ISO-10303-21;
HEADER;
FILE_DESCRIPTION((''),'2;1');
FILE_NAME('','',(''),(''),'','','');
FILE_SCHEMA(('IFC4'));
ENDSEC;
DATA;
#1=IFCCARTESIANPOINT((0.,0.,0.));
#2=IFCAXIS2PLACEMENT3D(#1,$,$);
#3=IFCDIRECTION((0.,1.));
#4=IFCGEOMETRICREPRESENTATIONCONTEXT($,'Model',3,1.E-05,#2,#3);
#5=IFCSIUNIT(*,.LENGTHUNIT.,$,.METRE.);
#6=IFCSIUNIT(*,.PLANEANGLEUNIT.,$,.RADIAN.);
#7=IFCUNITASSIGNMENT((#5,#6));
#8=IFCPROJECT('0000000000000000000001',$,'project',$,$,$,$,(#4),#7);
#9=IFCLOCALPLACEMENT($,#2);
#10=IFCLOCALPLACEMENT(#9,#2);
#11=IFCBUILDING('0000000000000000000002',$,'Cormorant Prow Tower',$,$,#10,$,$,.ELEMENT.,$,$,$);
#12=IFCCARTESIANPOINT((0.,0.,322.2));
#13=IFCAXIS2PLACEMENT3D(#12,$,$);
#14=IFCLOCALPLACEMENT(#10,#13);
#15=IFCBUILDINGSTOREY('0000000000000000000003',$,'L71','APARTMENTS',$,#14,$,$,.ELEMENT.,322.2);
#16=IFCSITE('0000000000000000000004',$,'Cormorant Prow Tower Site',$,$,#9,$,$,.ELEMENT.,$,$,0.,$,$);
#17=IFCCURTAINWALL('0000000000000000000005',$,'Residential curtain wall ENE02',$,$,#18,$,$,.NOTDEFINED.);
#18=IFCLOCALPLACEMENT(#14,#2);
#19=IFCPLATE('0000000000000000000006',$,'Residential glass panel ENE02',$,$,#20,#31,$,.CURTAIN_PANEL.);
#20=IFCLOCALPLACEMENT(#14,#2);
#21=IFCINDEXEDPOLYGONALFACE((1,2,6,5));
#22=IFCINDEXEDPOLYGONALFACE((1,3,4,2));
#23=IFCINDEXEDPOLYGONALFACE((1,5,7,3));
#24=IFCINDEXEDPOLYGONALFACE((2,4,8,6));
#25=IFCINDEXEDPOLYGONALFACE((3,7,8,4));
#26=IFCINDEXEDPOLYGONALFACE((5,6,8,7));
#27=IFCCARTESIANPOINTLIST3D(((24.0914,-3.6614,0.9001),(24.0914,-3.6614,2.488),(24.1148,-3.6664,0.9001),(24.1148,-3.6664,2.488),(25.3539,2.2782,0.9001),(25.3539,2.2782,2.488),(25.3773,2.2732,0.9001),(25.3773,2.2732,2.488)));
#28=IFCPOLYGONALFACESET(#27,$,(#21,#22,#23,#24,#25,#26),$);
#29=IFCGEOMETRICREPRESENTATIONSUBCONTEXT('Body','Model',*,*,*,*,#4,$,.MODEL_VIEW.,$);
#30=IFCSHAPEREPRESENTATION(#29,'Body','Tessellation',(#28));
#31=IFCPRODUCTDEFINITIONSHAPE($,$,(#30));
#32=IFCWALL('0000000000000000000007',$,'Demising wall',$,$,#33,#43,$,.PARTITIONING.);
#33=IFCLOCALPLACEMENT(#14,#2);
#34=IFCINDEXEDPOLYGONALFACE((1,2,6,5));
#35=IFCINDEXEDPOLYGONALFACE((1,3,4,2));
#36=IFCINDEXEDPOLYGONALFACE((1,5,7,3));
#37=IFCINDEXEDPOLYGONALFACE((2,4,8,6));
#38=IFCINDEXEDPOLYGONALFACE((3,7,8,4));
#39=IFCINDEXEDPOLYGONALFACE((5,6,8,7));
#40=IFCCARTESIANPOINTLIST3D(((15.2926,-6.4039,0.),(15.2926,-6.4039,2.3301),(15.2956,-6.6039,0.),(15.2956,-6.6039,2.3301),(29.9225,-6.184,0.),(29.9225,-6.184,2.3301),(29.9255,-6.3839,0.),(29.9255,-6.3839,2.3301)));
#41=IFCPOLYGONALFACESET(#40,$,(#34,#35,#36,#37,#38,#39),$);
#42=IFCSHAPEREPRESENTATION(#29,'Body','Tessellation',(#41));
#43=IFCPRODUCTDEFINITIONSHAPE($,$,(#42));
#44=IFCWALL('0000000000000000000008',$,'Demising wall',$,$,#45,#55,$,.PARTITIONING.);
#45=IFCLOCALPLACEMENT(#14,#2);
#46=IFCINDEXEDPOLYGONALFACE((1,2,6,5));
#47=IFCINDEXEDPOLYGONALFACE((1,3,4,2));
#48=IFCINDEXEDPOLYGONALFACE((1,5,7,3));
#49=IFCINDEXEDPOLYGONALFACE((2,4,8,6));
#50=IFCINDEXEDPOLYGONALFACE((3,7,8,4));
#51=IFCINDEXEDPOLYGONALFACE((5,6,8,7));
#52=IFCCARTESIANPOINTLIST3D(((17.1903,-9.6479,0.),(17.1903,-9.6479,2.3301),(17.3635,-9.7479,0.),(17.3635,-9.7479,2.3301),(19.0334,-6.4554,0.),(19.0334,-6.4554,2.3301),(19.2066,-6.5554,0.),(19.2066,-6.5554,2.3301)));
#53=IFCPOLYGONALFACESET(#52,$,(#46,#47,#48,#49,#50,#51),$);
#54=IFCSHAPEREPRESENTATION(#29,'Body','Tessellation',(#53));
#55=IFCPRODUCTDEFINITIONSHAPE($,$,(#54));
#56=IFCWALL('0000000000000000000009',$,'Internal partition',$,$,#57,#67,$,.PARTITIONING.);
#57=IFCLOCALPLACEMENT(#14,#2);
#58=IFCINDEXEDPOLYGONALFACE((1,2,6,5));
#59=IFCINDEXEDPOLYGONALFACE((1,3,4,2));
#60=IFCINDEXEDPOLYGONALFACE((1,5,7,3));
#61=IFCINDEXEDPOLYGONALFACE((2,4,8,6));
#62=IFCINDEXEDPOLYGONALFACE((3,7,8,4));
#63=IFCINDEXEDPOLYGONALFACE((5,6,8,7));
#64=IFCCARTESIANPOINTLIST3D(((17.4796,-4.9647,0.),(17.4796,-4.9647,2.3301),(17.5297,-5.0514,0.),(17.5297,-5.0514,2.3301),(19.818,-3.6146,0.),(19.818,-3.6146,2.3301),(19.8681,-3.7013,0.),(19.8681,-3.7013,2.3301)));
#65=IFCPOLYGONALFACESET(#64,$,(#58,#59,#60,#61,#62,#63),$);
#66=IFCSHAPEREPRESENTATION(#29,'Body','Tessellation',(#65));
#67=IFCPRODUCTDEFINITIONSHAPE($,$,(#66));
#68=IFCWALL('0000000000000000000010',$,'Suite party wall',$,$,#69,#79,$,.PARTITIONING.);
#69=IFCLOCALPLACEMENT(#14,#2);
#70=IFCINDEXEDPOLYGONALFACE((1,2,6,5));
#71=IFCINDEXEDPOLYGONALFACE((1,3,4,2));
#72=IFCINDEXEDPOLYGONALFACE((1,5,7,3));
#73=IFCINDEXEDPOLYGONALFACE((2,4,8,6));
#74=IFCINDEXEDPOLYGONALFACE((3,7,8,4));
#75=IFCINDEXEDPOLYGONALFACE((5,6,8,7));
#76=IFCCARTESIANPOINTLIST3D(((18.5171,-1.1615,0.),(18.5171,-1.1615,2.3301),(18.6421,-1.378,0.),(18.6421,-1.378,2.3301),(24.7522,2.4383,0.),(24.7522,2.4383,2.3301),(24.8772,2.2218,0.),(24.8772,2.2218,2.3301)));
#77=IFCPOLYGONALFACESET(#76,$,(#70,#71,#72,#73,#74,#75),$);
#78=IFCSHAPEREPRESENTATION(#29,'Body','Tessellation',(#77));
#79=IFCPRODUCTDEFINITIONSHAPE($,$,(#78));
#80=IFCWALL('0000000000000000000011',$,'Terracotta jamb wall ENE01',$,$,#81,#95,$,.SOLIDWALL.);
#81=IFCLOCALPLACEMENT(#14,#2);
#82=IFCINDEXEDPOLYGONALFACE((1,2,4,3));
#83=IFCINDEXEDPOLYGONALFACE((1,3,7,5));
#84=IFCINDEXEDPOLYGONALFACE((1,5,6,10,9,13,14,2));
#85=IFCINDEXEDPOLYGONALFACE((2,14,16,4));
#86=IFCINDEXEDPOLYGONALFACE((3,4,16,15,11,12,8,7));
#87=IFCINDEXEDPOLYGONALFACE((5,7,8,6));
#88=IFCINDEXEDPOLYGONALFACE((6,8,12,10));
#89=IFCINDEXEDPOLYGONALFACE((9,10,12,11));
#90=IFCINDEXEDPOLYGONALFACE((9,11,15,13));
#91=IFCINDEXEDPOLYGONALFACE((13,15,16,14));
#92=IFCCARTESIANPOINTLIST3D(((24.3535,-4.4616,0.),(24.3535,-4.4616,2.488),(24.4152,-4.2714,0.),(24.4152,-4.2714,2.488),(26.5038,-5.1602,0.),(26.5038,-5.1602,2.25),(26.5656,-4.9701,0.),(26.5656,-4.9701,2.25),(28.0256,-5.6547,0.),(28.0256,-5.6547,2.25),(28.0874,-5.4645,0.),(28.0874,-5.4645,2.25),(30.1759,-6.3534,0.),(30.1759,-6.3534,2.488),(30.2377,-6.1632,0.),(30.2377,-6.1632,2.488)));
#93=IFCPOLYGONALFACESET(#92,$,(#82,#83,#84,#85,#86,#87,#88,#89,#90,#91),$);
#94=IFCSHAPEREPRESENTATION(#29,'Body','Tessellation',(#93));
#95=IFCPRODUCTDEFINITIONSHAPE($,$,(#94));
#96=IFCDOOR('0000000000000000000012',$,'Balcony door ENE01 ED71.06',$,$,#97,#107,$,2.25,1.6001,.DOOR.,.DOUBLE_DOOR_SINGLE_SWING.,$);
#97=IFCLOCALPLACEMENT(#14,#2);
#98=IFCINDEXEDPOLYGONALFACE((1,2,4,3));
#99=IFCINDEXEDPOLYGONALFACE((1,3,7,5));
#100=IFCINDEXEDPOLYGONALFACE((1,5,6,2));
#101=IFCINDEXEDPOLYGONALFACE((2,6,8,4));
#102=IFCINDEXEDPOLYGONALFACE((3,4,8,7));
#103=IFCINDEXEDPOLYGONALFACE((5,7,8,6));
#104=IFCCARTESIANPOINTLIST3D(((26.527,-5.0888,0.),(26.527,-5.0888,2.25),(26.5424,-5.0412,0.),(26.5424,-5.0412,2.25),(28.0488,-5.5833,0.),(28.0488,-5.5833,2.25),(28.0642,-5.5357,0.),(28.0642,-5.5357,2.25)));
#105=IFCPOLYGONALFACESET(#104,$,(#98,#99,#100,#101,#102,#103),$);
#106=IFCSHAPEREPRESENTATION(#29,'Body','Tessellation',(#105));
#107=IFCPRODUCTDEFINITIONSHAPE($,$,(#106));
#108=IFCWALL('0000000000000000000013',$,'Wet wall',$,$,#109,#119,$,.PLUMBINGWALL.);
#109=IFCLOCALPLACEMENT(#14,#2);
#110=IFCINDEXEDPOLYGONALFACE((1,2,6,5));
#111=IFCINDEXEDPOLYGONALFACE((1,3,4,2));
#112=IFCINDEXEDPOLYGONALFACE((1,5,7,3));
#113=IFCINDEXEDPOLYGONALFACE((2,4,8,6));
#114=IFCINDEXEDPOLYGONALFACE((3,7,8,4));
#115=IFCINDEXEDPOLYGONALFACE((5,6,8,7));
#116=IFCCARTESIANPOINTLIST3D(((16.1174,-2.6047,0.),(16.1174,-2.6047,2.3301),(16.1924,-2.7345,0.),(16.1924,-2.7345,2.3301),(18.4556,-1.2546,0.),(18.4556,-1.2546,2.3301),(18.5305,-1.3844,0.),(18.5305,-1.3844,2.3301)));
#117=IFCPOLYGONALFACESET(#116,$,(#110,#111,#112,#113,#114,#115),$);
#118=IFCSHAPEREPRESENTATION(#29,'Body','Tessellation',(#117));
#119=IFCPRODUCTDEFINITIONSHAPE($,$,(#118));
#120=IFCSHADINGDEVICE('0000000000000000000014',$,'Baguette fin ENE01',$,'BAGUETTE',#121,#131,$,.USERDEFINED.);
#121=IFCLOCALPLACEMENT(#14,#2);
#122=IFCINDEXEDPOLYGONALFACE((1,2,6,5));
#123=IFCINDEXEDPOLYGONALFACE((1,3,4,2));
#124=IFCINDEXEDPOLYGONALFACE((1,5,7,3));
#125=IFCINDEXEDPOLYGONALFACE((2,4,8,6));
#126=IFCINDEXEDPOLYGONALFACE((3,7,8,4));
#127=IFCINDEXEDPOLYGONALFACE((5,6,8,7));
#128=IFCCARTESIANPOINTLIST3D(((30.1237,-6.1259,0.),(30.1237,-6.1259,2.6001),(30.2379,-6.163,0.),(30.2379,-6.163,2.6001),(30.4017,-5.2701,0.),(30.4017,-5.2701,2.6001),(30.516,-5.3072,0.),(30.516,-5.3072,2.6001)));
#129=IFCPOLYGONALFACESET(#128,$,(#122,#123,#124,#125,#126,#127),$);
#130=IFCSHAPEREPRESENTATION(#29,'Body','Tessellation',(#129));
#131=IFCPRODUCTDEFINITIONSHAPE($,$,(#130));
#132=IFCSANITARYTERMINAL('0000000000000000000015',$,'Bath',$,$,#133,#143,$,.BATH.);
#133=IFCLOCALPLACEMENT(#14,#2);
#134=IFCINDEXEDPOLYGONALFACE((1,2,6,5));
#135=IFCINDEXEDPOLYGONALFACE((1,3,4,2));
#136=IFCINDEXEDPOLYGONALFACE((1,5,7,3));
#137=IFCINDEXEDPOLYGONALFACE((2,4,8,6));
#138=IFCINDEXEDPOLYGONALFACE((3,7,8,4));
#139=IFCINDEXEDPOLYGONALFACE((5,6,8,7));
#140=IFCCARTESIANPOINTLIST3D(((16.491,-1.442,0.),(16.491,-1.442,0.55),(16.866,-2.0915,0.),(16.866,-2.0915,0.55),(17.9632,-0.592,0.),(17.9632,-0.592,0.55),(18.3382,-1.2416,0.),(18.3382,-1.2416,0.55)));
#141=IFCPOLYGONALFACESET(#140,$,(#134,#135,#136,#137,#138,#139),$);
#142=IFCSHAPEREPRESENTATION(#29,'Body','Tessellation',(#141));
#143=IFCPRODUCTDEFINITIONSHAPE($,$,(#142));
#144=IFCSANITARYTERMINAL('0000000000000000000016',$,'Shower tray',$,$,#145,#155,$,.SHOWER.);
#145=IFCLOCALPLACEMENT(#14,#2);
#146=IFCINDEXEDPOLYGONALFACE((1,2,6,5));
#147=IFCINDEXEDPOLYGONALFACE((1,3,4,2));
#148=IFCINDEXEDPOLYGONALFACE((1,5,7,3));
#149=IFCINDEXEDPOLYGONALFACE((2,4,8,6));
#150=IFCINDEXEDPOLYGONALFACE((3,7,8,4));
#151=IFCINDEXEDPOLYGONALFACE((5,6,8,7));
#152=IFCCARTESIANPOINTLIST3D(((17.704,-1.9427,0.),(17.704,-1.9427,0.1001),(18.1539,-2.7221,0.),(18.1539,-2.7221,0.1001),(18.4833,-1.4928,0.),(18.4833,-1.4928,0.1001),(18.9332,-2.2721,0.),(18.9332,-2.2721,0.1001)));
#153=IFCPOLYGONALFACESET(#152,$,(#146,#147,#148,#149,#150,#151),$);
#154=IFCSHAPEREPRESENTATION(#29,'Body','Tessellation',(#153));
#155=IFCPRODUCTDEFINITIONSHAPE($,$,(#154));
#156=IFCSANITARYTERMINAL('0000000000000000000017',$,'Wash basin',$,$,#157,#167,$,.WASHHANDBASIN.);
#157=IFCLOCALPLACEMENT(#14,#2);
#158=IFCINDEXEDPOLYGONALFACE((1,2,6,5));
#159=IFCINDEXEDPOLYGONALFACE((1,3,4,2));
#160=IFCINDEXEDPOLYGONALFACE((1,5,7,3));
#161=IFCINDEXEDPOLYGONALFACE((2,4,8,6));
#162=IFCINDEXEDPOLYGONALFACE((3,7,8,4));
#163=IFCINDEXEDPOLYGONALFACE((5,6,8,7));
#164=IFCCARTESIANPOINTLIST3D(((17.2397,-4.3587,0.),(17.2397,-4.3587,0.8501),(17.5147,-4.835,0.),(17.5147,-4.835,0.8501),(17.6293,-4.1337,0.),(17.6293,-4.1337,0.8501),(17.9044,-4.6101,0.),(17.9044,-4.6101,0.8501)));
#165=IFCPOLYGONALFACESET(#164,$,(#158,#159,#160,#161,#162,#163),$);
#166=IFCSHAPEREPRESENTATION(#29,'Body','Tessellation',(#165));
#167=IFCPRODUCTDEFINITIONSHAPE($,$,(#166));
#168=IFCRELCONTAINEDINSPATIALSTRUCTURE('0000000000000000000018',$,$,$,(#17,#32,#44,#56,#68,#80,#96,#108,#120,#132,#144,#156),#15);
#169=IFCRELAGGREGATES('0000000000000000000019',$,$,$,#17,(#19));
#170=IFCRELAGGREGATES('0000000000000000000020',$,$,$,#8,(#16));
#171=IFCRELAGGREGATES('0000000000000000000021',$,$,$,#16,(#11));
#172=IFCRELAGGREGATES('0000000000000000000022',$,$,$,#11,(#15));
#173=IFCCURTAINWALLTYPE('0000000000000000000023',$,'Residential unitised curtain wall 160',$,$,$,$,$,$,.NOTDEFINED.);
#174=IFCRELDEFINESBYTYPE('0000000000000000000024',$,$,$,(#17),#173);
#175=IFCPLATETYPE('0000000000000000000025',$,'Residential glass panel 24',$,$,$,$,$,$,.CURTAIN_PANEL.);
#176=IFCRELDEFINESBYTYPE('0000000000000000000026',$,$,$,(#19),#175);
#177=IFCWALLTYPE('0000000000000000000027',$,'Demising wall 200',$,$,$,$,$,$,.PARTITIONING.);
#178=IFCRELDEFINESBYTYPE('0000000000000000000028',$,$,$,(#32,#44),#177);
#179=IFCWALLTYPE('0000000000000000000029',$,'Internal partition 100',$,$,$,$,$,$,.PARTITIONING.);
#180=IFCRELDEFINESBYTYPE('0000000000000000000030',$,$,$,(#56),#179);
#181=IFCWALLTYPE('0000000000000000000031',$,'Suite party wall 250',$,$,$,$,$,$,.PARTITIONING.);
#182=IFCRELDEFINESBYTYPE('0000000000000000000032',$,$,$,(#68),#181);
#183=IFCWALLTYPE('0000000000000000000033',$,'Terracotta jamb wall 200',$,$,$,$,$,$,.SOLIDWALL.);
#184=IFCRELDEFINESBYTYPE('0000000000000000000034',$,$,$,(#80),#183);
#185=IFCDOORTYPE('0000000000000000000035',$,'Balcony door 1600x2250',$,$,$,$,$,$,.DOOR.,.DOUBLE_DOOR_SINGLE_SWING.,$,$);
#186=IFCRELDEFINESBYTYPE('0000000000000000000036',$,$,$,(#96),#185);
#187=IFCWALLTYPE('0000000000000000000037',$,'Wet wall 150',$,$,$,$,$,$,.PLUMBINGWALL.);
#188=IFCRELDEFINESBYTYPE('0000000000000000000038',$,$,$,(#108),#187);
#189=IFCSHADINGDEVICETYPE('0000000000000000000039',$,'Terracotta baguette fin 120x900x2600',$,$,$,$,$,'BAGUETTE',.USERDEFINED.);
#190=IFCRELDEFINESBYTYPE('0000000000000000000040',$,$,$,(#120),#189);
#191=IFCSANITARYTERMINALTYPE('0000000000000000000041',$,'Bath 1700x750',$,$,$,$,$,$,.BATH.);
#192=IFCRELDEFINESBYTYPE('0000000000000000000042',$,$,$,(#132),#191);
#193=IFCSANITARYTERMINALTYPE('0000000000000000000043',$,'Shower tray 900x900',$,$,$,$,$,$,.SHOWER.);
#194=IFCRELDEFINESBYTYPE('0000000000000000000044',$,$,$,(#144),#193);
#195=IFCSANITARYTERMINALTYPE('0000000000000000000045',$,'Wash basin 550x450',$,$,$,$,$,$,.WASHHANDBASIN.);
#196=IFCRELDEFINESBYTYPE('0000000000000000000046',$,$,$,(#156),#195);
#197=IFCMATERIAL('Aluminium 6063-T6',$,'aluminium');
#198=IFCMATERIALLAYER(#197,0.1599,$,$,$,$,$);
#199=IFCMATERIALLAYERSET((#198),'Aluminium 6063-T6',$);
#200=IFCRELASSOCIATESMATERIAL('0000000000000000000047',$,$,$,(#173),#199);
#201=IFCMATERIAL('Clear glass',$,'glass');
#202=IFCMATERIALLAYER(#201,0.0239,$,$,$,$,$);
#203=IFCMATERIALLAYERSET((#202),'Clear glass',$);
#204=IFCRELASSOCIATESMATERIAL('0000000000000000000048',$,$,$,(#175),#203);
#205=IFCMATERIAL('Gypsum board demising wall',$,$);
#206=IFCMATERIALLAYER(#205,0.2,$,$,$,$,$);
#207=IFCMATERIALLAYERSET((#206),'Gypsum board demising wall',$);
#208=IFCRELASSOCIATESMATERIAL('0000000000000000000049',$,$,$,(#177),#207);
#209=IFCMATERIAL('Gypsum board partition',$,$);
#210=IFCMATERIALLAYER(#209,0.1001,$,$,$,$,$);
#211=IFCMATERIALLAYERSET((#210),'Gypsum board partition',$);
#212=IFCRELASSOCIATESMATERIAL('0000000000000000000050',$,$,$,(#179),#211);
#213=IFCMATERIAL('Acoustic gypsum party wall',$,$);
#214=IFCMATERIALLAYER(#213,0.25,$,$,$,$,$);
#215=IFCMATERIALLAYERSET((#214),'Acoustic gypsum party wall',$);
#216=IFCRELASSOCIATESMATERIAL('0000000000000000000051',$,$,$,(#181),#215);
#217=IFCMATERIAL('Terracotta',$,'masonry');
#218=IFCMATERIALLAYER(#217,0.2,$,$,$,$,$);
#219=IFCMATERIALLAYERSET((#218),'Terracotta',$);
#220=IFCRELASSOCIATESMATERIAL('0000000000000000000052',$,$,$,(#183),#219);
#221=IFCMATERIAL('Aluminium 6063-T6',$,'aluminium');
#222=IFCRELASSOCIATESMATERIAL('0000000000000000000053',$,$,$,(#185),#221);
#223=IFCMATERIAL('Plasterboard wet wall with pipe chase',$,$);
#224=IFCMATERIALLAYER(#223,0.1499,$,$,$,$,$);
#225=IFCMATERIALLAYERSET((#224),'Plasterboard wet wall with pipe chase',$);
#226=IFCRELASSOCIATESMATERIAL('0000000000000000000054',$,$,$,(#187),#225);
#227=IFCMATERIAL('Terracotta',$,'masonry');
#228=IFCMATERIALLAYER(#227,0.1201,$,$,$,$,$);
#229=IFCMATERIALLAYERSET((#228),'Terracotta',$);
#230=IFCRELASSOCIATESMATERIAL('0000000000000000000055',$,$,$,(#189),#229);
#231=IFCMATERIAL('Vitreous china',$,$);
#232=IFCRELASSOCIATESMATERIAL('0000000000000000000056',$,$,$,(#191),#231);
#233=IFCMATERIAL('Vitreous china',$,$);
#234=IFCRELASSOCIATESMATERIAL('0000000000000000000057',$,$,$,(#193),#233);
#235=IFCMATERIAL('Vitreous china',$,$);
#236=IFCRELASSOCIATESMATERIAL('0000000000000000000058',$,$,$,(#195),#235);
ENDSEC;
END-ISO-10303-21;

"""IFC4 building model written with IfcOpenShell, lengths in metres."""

from ifc_helpers import new_model, si_unit, direction, frame, frame_2d, origin, origin_2d, place, context, subcontext, project, spatial, rectangle, extrude, material, layer, layer_set, type_object, element, fill, aggregate, save


model = new_model("IFC4")

# Units and contexts
model_context = context("Model", 3, precision=1e-05, world=origin(), true_north=direction((0.0, 1.0)))
body_context = subcontext(model_context, "Body", "Model", "MODEL_VIEW")
ifc_project = project(units=[si_unit("LENGTHUNIT", "METRE"), si_unit("PLANEANGLEUNIT", "RADIAN")], contexts=[model_context])

# Site, building, storey
site_placement = place(None, origin())
site = spatial("IfcSite", under=ifc_project, at=site_placement, Name="Cormorant Prow Tower Site", CompositionType="ELEMENT", RefElevation=0.0)
building_placement = place(site_placement, origin())
building = spatial("IfcBuilding", under=site, at=building_placement, Name="Cormorant Prow Tower", CompositionType="ELEMENT")
storey_placement = place(building_placement, frame((0.0, 0.0, 322.2)))
storey = spatial("IfcBuildingStorey", under=building, at=storey_placement, Name="L71", Description="APARTMENTS", CompositionType="ELEMENT", Elevation=322.2)

# Curtain wall
ifc_material_1 = material(Name="Aluminium 6063-T6", Category="aluminium")
ifc_layer_1 = layer(ifc_material_1, 0.1599)
ifc_layer_set_1 = layer_set([ifc_layer_1], Name="Aluminium 6063-T6")
curtain_wall_type = type_object("IfcCurtainWallType", Name="Residential unitised curtain wall 160", PredefinedType="NOTDEFINED", material=ifc_layer_set_1)
curtain_wall_1_placement = place(storey_placement, origin())
curtain_wall_1 = element("IfcCurtainWall", 1, at=curtain_wall_1_placement, inside=storey, type_object=curtain_wall_type, Name="Residential curtain wall ENE02", PredefinedType="NOTDEFINED")

# Plate
ifc_material_2 = material(Name="Clear glass", Category="glass")
ifc_layer_2 = layer(ifc_material_2, 0.0239)
ifc_layer_set_2 = layer_set([ifc_layer_2], Name="Clear glass")
plate_type = type_object("IfcPlateType", Name="Residential glass panel 24", PredefinedType="CURTAIN_PANEL", material=ifc_layer_set_2)
plate_1_placement = place(storey_placement, frame((24.7344, -0.6941, 0.9001), z_axis=(0.0, 0.0, 1.0), x_axis=(0.207912, 0.978148, 0.0)))
plate_1 = element("IfcPlate", 2, at=plate_1_placement, type_object=plate_type, Name="Residential glass panel ENE02", PredefinedType="CURTAIN_PANEL", context=body_context, shape_type="SweptSolid", body=[
    extrude(rectangle(XDim=6.0723, YDim=0.0239, at=origin_2d()), origin(), (0.0, 0.0, 1.0), 1.5879),
])
aggregate(curtain_wall_1, [plate_1])

# Walls
ifc_material_3 = material(Name="Gypsum board demising wall")
ifc_layer_3 = layer(ifc_material_3, 0.2)
ifc_layer_set_3 = layer_set([ifc_layer_3], Name="Gypsum board demising wall")
wall_type_1 = type_object("IfcWallType", Name="Demising wall 200", PredefinedType="PARTITIONING", material=ifc_layer_set_3)
wall_1_placement = place(storey_placement, frame((15.2939, -6.5039, 0.0), z_axis=(0.0, 0.0, 1.0), x_axis=(0.999887, 0.015034, 0.0)))
element("IfcWall", 3, at=wall_1_placement, inside=storey, type_object=wall_type_1, Name="Demising wall", PredefinedType="PARTITIONING", context=body_context, shape_type="SweptSolid", body=[
    extrude(rectangle(XDim=14.6316, YDim=0.2, at=frame_2d((7.3159, 0.0))), origin(), (0.0, 0.0, 1.0), 2.3301),
])
wall_2_placement = place(storey_placement, frame((17.2769, -9.698, 0.0), z_axis=(0.0, 0.0, 1.0), x_axis=(0.499979, 0.866038, 0.0)))
element("IfcWall", 4, at=wall_2_placement, inside=storey, type_object=wall_type_1, Name="Demising wall", PredefinedType="PARTITIONING", context=body_context, shape_type="SweptSolid", body=[
    extrude(rectangle(XDim=3.6863, YDim=0.2, at=frame_2d((1.8433, 0.0))), origin(), (0.0, 0.0, 1.0), 2.3301),
])
ifc_material_4 = material(Name="Gypsum board partition")
ifc_layer_4 = layer(ifc_material_4, 0.1001)
ifc_layer_set_4 = layer_set([ifc_layer_4], Name="Gypsum board partition")
wall_type_2 = type_object("IfcWallType", Name="Internal partition 100", PredefinedType="PARTITIONING", material=ifc_layer_set_4)
wall_3_placement = place(storey_placement, frame((17.5046, -5.0081, 0.0), z_axis=(0.0, 0.0, 1.0), x_axis=(0.86602, 0.500009, 0.0)))
element("IfcWall", 5, at=wall_3_placement, inside=storey, type_object=wall_type_2, Name="Internal partition", PredefinedType="PARTITIONING", context=body_context, shape_type="SweptSolid", body=[
    extrude(rectangle(XDim=2.7002, YDim=0.1001, at=frame_2d((1.3501, 0.0))), origin(), (0.0, 0.0, 1.0), 2.3301),
])
ifc_material_5 = material(Name="Acoustic gypsum party wall")
ifc_layer_5 = layer(ifc_material_5, 0.25)
ifc_layer_set_5 = layer_set([ifc_layer_5], Name="Acoustic gypsum party wall")
wall_type_3 = type_object("IfcWallType", Name="Suite party wall 250", PredefinedType="PARTITIONING", material=ifc_layer_set_5)
wall_4_placement = place(storey_placement, frame((18.5796, -1.2698, 0.0), z_axis=(0.0, 0.0, 1.0), x_axis=(0.866025, 0.500001, 0.0)))
element("IfcWall", 6, at=wall_4_placement, inside=storey, type_object=wall_type_3, Name="Suite party wall", PredefinedType="PARTITIONING", context=body_context, shape_type="SweptSolid", body=[
    extrude(rectangle(XDim=7.1997, YDim=0.25, at=frame_2d((3.5999, 0.0))), origin(), (0.0, 0.0, 1.0), 2.3301),
])

# Wall, opening, door
ifc_material_6 = material(Name="Terracotta", Category="masonry")
ifc_layer_6 = layer(ifc_material_6, 0.2)
ifc_layer_set_6 = layer_set([ifc_layer_6], Name="Terracotta")
wall_type_4 = type_object("IfcWallType", Name="Terracotta jamb wall 200", PredefinedType="SOLIDWALL", material=ifc_layer_set_6)
wall_5_placement = place(storey_placement, frame((30.2068, -6.2583, 0.0), z_axis=(0.0, 0.0, 1.0), x_axis=(-0.951057, 0.309017, 0.0)))
wall_5 = element("IfcWall", 7, at=wall_5_placement, inside=storey, type_object=wall_type_4, Name="Terracotta jamb wall ENE01", PredefinedType="SOLIDWALL", context=body_context, shape_type="SweptSolid", body=[
    extrude(rectangle(XDim=6.1221, YDim=0.2, at=frame_2d((3.061, 0.0))), origin(), (0.0, 0.0, 1.0), 2.488),
])
opening_placement = place(wall_5_placement, frame((2.261, 0.0, 0.0)))
opening = element("IfcOpeningElement", 8, at=opening_placement, cuts=wall_5, PredefinedType="OPENING", context=body_context, shape_type="SweptSolid", body=[
    extrude(rectangle(XDim=1.6001, YDim=2.25, at=frame_2d((0.8, 1.125))), frame((0.0, 0.1099, 0.0), z_axis=(0.0, -1.0, 0.0), x_axis=(1.0, 0.0, 0.0)), (0.0, 0.0, 1.0), 0.22),
])
ifc_material_7 = material(Name="Aluminium 6063-T6", Category="aluminium")
door_type = type_object("IfcDoorType", Name="Balcony door 1600x2250", OperationType="DOUBLE_DOOR_SINGLE_SWING", PredefinedType="DOOR", material=ifc_material_7)
door_placement = place(opening_placement, origin())
door = element("IfcDoor", 9, at=door_placement, inside=storey, type_object=door_type, Name="Balcony door ENE01 ED71.06", OperationType="DOUBLE_DOOR_SINGLE_SWING", OverallHeight=2.25, OverallWidth=1.6001, PredefinedType="DOOR", context=body_context, shape_type="SweptSolid", body=[
    extrude(rectangle(XDim=1.6001, YDim=2.25, at=frame_2d((0.8, 1.125))), frame((0.0, 0.0249, 0.0), z_axis=(0.0, -1.0, 0.0), x_axis=(1.0, 0.0, 0.0)), (0.0, 0.0, 1.0), 0.05),
])
fill(opening, door)

# Wall
ifc_material_8 = material(Name="Plasterboard wet wall with pipe chase")
ifc_layer_7 = layer(ifc_material_8, 0.1499)
ifc_layer_set_7 = layer_set([ifc_layer_7], Name="Plasterboard wet wall with pipe chase")
wall_type_5 = type_object("IfcWallType", Name="Wet wall 150", PredefinedType="PLUMBINGWALL", material=ifc_layer_set_7)
wall_6_placement = place(storey_placement, frame((16.1548, -2.6697, 0.0), z_axis=(0.0, 0.0, 1.0), x_axis=(0.865997, 0.500049, 0.0)))
element("IfcWall", 10, at=wall_6_placement, inside=storey, type_object=wall_type_5, Name="Wet wall", PredefinedType="PLUMBINGWALL", context=body_context, shape_type="SweptSolid", body=[
    extrude(rectangle(XDim=2.7, YDim=0.1499, at=frame_2d((1.3501, 0.0))), origin(), (0.0, 0.0, 1.0), 2.3301),
])

# Shading device
ifc_material_9 = material(Name="Terracotta", Category="masonry")
ifc_layer_8 = layer(ifc_material_9, 0.1201)
ifc_layer_set_8 = layer_set([ifc_layer_8], Name="Terracotta")
shading_device_type = type_object("IfcShadingDeviceType", Name="Terracotta baguette fin 120x900x2600", ElementType="BAGUETTE", PredefinedType="USERDEFINED", material=ifc_layer_set_8)
shading_device_placement = place(storey_placement, frame((30.3198, -5.7166, 0.0), z_axis=(0.0, 0.0, 1.0), x_axis=(-0.951057, 0.309017, 0.0)))
element("IfcShadingDevice", 11, at=shading_device_placement, inside=storey, type_object=shading_device_type, Name="Baguette fin ENE01", ObjectType="BAGUETTE", PredefinedType="USERDEFINED", context=body_context, shape_type="SweptSolid", body=[
    extrude(rectangle(XDim=0.1201, YDim=0.8999, at=origin_2d()), origin(), (0.0, 0.0, 1.0), 2.6001),
])

# Sanitary terminals
ifc_material_10 = material(Name="Vitreous china")
sanitary_terminal_type_1 = type_object("IfcSanitaryTerminalType", Name="Bath 1700x750", PredefinedType="BATH", material=ifc_material_10)
sanitary_terminal_1_placement = place(storey_placement, frame((17.4146, -1.3418, 0.0), z_axis=(0.0, 0.0, 1.0), x_axis=(-0.866025, -0.5, 0.0)))
element("IfcSanitaryTerminal", 12, at=sanitary_terminal_1_placement, inside=storey, type_object=sanitary_terminal_type_1, Name="Bath", PredefinedType="BATH", context=body_context, shape_type="SweptSolid", body=[
    extrude(rectangle(XDim=1.7, YDim=0.75, at=origin_2d()), origin(), (0.0, 0.0, 1.0), 0.55),
])
ifc_material_11 = material(Name="Vitreous china")
sanitary_terminal_type_2 = type_object("IfcSanitaryTerminalType", Name="Shower tray 900x900", PredefinedType="SHOWER", material=ifc_material_11)
sanitary_terminal_2_placement = place(storey_placement, frame((18.3186, -2.1074, 0.0), z_axis=(0.0, 0.0, 1.0), x_axis=(0.5, -0.866025, 0.0)))
element("IfcSanitaryTerminal", 13, at=sanitary_terminal_2_placement, inside=storey, type_object=sanitary_terminal_type_2, Name="Shower tray", PredefinedType="SHOWER", context=body_context, shape_type="SweptSolid", body=[
    extrude(rectangle(XDim=0.8999, YDim=0.8999, at=origin_2d()), origin(), (0.0, 0.0, 1.0), 0.1001),
])
ifc_material_12 = material(Name="Vitreous china")
sanitary_terminal_type_3 = type_object("IfcSanitaryTerminalType", Name="Wash basin 550x450", PredefinedType="WASHHANDBASIN", material=ifc_material_12)
for number, where, z_axis, x_axis, name in (
    (14, (17.572, -4.4844, 0.0), (0.0, 0.0, 1.0), (-0.5, 0.866025, 0.0), "Wash basin"),
):
    element("IfcSanitaryTerminal", number, at=place(storey_placement, frame(where, z_axis=z_axis, x_axis=x_axis)), inside=storey, type_object=sanitary_terminal_type_3, Name=name, PredefinedType="WASHHANDBASIN", context=body_context, shape_type="SweptSolid", body=[
        extrude(rectangle(XDim=0.55, YDim=0.45, at=origin_2d()), origin(), (0.0, 0.0, 1.0), 0.8501),
    ])

save(model, "model.ifc")
